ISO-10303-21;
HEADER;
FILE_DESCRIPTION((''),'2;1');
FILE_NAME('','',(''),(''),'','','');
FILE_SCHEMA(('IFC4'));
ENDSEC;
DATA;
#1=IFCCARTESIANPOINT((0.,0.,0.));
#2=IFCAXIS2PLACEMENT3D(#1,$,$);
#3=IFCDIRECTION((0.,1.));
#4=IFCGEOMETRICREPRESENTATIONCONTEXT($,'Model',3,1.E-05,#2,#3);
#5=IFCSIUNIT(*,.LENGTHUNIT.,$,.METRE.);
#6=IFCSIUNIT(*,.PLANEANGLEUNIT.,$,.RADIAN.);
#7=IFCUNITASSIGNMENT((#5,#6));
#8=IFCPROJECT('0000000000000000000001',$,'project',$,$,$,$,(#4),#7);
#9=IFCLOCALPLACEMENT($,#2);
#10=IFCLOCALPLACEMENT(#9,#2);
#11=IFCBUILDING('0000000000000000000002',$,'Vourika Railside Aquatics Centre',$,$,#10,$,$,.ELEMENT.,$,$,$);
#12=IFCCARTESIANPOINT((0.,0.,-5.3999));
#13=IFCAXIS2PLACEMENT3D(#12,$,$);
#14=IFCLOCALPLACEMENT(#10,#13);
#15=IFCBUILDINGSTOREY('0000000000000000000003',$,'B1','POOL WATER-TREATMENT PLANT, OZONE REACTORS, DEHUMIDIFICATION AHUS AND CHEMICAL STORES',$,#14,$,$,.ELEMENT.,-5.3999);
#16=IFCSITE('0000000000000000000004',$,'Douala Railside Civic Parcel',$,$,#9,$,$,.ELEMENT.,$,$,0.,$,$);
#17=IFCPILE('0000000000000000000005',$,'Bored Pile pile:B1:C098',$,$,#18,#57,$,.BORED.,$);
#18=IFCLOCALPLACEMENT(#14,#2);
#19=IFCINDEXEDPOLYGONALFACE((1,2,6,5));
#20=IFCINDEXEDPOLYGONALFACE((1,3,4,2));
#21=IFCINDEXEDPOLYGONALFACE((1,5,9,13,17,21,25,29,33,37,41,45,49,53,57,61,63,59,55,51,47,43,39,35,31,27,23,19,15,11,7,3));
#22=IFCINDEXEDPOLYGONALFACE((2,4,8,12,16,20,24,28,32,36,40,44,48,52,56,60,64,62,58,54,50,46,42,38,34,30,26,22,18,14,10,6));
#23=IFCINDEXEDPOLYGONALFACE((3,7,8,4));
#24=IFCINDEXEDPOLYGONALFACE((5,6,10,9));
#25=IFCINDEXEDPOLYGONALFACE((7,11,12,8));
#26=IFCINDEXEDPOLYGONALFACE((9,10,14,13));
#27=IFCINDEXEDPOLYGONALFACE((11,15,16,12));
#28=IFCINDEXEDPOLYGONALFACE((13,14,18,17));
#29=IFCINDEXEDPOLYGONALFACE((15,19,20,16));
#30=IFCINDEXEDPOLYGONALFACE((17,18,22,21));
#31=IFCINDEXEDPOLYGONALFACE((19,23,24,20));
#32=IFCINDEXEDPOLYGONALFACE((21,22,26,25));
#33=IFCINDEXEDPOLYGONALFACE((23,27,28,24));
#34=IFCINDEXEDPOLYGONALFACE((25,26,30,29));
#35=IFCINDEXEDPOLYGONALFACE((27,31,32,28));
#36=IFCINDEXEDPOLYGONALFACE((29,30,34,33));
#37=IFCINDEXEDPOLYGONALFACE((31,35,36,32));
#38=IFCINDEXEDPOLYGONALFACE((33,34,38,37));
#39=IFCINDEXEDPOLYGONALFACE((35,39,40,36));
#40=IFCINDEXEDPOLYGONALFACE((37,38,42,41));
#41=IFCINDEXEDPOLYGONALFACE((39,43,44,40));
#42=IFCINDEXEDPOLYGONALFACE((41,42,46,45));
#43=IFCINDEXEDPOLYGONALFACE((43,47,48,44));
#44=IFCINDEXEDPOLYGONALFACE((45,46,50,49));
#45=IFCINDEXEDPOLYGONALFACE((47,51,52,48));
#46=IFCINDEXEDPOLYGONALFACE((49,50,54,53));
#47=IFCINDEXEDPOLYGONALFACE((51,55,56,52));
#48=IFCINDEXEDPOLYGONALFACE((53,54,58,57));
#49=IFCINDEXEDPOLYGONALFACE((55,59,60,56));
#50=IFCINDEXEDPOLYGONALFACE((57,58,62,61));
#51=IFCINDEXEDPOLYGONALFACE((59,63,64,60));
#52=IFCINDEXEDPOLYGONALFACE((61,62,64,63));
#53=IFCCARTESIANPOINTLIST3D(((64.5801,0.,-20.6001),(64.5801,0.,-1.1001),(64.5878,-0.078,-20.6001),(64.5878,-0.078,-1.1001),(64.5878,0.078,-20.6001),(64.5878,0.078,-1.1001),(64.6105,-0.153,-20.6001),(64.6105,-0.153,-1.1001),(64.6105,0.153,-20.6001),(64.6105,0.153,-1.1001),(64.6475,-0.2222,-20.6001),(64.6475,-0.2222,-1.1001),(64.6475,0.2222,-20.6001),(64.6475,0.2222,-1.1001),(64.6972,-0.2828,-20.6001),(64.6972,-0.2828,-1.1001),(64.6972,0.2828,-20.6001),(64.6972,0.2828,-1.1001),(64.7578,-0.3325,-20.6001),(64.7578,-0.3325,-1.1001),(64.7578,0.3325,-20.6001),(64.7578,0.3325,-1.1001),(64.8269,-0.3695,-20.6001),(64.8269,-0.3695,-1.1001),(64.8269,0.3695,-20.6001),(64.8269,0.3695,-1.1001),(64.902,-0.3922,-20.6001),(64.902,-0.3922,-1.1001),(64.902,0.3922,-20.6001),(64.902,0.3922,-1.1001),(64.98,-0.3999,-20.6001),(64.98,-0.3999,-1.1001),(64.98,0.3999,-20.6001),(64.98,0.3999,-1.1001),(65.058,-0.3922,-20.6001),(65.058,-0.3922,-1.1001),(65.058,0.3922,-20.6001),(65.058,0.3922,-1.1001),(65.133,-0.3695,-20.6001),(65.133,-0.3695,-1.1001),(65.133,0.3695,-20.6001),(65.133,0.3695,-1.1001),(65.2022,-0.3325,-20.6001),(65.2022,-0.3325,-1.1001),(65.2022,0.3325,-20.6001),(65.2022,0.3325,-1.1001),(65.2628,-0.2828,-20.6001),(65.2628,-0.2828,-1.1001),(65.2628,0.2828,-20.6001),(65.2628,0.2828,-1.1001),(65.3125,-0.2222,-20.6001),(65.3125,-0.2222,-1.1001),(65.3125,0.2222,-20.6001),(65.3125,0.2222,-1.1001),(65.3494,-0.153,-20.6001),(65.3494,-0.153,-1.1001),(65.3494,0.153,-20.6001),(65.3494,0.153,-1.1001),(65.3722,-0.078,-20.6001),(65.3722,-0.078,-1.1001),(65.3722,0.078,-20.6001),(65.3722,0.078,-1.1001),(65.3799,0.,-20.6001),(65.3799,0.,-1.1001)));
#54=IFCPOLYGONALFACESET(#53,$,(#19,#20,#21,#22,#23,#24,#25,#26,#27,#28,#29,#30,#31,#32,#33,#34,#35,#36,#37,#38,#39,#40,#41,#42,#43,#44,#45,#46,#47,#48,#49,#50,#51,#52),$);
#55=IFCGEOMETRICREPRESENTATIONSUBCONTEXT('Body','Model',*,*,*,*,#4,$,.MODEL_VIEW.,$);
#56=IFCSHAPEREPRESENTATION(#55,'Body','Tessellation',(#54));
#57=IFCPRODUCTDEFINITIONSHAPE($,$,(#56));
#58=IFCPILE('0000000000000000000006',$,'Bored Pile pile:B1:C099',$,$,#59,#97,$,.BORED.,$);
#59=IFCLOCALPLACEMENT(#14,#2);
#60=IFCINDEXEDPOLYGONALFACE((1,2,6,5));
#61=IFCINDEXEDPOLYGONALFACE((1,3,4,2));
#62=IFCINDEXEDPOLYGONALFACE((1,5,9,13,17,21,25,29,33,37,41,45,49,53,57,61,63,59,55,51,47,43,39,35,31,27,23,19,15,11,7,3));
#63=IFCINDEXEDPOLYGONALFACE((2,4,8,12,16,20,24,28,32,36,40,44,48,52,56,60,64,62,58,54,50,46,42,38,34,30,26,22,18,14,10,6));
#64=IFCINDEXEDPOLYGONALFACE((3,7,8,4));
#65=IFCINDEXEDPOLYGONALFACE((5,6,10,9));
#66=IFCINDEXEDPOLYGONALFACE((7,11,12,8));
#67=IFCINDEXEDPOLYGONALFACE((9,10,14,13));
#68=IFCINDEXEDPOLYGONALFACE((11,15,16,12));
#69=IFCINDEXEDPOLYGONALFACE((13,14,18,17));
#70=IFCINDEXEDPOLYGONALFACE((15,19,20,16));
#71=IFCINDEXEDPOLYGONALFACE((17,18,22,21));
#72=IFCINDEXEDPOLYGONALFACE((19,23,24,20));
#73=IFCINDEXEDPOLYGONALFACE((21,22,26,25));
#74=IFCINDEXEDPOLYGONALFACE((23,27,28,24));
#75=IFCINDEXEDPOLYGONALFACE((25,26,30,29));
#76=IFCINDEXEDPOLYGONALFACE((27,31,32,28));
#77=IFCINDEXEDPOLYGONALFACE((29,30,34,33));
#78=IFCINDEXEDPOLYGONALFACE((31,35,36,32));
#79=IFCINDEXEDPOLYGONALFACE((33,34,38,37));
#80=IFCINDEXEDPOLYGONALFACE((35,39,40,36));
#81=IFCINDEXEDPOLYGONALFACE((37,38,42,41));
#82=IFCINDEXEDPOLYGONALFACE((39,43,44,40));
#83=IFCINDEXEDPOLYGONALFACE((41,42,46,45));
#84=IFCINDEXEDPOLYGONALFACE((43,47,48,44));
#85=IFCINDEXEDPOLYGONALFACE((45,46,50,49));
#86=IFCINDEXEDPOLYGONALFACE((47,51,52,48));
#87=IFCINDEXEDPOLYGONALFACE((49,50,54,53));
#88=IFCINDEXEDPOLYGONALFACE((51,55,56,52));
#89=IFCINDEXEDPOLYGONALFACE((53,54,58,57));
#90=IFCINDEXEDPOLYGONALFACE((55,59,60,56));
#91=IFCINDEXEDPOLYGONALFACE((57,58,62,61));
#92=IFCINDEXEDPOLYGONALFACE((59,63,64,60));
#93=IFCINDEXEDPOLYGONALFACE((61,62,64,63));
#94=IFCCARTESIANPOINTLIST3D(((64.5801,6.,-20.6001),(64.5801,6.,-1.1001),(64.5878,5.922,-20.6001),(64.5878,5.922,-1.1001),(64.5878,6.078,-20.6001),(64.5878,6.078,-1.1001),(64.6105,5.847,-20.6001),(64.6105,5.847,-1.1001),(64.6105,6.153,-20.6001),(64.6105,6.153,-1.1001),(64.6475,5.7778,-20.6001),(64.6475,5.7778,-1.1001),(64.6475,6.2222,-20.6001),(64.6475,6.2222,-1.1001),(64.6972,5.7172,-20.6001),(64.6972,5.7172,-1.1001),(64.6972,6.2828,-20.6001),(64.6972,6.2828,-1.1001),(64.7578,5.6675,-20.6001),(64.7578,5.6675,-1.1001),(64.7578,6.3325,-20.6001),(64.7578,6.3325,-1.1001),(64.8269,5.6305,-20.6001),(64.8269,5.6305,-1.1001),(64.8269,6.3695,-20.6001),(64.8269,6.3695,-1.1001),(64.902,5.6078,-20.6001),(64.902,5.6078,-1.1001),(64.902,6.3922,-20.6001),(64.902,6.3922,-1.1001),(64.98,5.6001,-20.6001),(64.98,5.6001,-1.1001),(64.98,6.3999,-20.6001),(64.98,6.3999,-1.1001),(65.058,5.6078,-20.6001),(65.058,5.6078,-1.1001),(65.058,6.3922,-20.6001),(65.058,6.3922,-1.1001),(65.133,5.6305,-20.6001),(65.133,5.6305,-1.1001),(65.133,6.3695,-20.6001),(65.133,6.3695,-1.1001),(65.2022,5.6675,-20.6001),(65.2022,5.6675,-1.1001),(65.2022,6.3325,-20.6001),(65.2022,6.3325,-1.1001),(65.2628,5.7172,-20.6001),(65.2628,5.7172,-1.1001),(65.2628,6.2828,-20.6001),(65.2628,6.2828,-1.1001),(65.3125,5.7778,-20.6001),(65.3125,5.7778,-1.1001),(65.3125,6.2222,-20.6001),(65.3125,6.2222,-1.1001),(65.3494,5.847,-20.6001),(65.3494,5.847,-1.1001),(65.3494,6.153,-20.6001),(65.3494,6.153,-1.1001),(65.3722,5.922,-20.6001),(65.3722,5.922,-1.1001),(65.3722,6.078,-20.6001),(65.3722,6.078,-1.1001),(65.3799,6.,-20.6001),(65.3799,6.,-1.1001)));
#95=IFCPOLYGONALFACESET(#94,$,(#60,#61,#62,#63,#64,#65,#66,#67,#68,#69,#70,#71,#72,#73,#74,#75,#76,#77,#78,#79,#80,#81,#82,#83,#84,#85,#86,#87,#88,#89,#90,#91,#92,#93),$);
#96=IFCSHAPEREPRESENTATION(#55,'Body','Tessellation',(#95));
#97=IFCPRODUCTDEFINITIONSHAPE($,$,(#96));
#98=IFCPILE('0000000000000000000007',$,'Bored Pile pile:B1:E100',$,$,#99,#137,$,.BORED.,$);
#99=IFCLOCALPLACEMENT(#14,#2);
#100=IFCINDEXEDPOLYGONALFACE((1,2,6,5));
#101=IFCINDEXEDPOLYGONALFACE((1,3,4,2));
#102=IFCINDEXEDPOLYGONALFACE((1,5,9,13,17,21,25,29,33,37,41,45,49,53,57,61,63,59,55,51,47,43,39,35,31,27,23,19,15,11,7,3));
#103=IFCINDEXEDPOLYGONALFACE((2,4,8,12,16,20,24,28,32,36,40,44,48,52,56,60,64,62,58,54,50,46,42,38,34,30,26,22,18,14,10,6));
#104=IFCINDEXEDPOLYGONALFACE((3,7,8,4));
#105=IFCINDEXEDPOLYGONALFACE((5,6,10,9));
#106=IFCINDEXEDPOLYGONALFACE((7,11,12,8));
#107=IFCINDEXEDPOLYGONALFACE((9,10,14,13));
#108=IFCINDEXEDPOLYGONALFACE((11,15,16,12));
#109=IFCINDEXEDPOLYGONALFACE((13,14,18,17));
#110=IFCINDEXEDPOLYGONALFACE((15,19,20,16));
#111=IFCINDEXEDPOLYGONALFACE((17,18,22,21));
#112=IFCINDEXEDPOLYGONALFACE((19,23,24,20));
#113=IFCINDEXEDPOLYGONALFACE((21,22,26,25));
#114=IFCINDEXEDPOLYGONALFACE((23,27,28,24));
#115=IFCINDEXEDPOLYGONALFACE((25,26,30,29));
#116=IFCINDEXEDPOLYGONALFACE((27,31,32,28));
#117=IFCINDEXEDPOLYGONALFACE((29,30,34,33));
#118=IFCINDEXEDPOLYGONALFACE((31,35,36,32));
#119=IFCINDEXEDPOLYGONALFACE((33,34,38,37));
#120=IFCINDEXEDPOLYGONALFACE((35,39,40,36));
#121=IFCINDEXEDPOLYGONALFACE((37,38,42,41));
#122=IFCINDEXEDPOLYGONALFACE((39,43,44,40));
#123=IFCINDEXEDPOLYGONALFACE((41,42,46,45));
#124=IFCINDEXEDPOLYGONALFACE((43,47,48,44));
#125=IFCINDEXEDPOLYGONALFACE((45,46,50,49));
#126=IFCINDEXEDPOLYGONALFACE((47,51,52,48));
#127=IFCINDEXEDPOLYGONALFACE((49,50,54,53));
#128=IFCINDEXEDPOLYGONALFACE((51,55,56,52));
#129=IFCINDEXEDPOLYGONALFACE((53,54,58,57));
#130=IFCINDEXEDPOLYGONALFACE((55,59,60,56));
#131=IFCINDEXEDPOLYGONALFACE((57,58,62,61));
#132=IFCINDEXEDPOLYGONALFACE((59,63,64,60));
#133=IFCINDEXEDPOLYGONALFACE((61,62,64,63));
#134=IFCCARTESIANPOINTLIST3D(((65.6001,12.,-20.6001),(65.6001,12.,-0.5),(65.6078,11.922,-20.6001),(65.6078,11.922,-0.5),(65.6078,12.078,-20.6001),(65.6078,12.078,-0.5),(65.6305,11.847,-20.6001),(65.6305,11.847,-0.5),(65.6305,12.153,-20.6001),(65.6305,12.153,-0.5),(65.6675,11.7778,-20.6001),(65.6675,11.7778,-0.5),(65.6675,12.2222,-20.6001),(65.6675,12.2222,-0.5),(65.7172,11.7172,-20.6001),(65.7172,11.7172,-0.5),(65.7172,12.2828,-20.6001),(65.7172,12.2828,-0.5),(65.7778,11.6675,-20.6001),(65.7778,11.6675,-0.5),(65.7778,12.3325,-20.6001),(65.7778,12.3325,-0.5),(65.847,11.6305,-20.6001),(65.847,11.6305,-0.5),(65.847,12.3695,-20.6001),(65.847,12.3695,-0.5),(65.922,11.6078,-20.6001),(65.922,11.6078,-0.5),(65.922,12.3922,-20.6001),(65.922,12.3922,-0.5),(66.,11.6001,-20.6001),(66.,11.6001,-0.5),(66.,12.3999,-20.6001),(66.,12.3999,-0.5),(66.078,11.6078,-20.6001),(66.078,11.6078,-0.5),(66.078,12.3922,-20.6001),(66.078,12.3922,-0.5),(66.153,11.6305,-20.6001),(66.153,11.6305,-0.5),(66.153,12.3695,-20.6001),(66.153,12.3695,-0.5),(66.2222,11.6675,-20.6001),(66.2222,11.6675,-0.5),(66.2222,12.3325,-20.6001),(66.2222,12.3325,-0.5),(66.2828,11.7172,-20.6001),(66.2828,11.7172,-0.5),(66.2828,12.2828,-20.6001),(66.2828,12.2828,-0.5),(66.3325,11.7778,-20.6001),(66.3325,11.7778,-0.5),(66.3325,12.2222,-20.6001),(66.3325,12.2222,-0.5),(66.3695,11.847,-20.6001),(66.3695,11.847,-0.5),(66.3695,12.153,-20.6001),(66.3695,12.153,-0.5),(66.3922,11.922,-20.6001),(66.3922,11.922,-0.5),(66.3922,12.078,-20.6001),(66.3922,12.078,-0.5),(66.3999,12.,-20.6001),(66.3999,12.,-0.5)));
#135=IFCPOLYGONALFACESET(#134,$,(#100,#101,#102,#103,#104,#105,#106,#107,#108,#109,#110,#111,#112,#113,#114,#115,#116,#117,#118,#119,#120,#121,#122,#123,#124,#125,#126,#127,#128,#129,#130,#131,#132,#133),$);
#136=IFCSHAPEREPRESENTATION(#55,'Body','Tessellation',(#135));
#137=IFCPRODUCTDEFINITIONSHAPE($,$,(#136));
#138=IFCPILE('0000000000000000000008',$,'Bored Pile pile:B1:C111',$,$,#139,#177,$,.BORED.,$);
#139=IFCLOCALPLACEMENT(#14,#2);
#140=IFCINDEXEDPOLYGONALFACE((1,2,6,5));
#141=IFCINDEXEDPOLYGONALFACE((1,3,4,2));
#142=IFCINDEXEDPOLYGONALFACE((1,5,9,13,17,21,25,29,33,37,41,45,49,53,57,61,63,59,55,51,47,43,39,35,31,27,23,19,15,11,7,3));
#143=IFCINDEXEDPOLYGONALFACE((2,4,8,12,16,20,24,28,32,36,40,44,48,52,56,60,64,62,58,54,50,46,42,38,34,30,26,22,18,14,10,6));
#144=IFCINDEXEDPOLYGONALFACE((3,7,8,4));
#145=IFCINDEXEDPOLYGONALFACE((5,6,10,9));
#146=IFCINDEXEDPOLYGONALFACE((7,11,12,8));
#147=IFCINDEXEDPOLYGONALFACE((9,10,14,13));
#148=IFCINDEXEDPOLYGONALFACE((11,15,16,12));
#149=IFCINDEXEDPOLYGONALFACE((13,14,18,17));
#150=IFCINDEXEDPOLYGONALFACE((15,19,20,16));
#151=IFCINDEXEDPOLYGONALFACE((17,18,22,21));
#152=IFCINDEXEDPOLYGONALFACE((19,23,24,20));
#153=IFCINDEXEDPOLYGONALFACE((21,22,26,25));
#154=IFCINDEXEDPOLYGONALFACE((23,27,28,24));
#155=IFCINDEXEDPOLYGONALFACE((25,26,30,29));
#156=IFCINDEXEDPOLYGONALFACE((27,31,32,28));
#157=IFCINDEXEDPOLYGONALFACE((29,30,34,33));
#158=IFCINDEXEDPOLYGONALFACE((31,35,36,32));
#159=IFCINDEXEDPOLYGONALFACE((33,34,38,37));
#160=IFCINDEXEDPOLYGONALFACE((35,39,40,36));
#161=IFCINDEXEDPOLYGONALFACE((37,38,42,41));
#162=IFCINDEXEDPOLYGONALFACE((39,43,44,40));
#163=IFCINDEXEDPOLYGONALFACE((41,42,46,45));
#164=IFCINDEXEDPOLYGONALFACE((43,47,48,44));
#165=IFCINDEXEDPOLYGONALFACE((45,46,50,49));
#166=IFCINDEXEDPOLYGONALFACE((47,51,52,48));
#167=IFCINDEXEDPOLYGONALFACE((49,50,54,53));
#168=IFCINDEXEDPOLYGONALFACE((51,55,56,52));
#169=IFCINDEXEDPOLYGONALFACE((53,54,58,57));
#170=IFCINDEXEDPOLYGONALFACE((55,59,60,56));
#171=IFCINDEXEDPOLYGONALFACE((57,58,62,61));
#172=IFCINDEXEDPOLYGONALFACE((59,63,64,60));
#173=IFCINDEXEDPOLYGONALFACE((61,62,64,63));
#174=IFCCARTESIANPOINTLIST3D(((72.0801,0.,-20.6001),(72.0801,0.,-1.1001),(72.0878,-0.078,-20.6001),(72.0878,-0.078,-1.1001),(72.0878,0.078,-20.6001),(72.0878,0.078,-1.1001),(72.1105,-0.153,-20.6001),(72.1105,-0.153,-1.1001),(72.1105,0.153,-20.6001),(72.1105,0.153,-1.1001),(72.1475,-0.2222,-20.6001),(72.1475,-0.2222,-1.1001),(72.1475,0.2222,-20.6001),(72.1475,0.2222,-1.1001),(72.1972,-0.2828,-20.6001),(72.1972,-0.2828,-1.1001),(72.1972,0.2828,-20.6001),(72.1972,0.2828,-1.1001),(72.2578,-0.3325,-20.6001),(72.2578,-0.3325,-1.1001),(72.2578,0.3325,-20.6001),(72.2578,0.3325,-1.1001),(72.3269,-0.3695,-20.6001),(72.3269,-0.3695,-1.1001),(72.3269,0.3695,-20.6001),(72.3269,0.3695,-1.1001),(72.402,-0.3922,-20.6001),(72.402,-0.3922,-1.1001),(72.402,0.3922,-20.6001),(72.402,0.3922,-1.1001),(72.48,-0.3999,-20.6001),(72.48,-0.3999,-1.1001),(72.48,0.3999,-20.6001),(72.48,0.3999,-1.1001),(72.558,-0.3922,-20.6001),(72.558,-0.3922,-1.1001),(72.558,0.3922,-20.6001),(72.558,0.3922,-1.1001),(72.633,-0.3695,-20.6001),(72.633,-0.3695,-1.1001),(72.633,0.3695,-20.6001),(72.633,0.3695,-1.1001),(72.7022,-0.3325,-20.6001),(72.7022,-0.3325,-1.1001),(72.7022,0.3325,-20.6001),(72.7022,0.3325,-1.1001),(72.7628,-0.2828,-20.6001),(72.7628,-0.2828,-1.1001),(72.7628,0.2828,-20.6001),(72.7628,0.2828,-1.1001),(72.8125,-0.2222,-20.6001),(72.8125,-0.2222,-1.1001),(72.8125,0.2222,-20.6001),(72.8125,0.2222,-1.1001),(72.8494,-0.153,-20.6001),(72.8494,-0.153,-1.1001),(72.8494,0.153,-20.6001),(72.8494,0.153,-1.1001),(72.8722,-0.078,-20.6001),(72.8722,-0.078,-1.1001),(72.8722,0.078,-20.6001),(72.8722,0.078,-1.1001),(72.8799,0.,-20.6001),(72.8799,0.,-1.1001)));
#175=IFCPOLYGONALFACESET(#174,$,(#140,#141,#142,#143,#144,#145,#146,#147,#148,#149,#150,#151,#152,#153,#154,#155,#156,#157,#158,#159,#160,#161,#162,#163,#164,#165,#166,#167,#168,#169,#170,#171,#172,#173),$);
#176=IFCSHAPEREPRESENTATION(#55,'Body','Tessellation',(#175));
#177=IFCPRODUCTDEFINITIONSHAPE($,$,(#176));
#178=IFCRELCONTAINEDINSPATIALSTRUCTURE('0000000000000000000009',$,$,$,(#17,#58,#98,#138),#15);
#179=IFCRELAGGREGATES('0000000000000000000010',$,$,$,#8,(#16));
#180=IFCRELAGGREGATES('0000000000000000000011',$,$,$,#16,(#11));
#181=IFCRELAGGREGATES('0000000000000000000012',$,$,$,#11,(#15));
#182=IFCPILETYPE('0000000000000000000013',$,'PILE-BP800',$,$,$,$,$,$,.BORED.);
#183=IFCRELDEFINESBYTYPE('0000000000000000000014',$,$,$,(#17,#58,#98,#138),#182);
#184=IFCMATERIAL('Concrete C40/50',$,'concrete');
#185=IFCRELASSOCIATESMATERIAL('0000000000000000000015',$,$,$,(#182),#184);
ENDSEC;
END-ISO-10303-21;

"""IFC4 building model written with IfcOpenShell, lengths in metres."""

from ifc_helpers import new_model, si_unit, direction, frame, origin, origin_2d, place, context, subcontext, project, spatial, circle, extrude, material, material_profile, profile_set, type_object, element, save


model = new_model("IFC4")

# Units and contexts
model_context = context("Model", 3, precision=1e-05, world=origin(), true_north=direction((0.0, 1.0)))
body_context = subcontext(model_context, "Body", "Model", "MODEL_VIEW")
ifc_project = project(units=[si_unit("LENGTHUNIT", "METRE"), si_unit("PLANEANGLEUNIT", "RADIAN")], contexts=[model_context])

# Site, building, storey
site_placement = place(None, origin())
site = spatial("IfcSite", under=ifc_project, at=site_placement, Name="Douala Railside Civic Parcel", CompositionType="ELEMENT", RefElevation=0.0)
building_placement = place(site_placement, origin())
building = spatial("IfcBuilding", under=site, at=building_placement, Name="Vourika Railside Aquatics Centre", CompositionType="ELEMENT")
storey_placement = place(building_placement, frame((0.0, 0.0, -5.3999)))
storey = spatial("IfcBuildingStorey", under=building, at=storey_placement, Name="B1", Description="POOL WATER-TREATMENT PLANT, OZONE REACTORS, DEHUMIDIFICATION AHUS AND CHEMICAL STORES", CompositionType="ELEMENT", Elevation=-5.3999)

# Shared definitions
ifc_material = material(Name="Concrete C40/50", Category="concrete")

# Piles
ifc_material_profile_1 = material_profile(ifc_material, circle(Radius=0.3999, at=origin_2d()), Name="BP 800")
ifc_profile_set_1 = profile_set([ifc_material_profile_1], Name="Concrete C40/50")
pile_type = type_object("IfcPileType", Name="PILE-BP800", PredefinedType="BORED", material=ifc_profile_set_1)
for number, where, z_axis, x_axis, name in (
    (1, (64.98, 0.0, -1.1001), (0.0, 0.0, -1.0), (1.0, 0.0, 0.0), "Bored Pile pile:B1:C098"),
    (2, (64.98, 6.0, -1.1001), (0.0, 0.0, -1.0), (1.0, 0.0, 0.0), "Bored Pile pile:B1:C099"),
):
    element("IfcPile", number, at=place(storey_placement, frame(where, z_axis=z_axis, x_axis=x_axis)), inside=storey, type_object=pile_type, Name=name, PredefinedType="BORED", context=body_context, shape_type="SweptSolid", body=[
        extrude(circle(Radius=0.3999, at=origin_2d()), origin(), (0.0, 0.0, 1.0), 19.5),
    ])
pile_1_placement = place(storey_placement, frame((66.0, 12.0, -0.5), z_axis=(0.0, 0.0, -1.0), x_axis=(1.0, 0.0, 0.0)))
element("IfcPile", 3, at=pile_1_placement, inside=storey, type_object=pile_type, Name="Bored Pile pile:B1:E100", PredefinedType="BORED", context=body_context, shape_type="SweptSolid", body=[
    extrude(circle(Radius=0.3999, at=origin_2d()), origin(), (0.0, 0.0, 1.0), 20.1001),
])
for number, where, z_axis, x_axis, name in (
    (4, (72.48, 0.0, -1.1001), (0.0, 0.0, -1.0), (1.0, 0.0, 0.0), "Bored Pile pile:B1:C111"),
):
    element("IfcPile", number, at=place(storey_placement, frame(where, z_axis=z_axis, x_axis=x_axis)), inside=storey, type_object=pile_type, Name=name, PredefinedType="BORED", context=body_context, shape_type="SweptSolid", body=[
        extrude(circle(Radius=0.3999, at=origin_2d()), origin(), (0.0, 0.0, 1.0), 19.5),
    ])

save(model, "model.ifc")
